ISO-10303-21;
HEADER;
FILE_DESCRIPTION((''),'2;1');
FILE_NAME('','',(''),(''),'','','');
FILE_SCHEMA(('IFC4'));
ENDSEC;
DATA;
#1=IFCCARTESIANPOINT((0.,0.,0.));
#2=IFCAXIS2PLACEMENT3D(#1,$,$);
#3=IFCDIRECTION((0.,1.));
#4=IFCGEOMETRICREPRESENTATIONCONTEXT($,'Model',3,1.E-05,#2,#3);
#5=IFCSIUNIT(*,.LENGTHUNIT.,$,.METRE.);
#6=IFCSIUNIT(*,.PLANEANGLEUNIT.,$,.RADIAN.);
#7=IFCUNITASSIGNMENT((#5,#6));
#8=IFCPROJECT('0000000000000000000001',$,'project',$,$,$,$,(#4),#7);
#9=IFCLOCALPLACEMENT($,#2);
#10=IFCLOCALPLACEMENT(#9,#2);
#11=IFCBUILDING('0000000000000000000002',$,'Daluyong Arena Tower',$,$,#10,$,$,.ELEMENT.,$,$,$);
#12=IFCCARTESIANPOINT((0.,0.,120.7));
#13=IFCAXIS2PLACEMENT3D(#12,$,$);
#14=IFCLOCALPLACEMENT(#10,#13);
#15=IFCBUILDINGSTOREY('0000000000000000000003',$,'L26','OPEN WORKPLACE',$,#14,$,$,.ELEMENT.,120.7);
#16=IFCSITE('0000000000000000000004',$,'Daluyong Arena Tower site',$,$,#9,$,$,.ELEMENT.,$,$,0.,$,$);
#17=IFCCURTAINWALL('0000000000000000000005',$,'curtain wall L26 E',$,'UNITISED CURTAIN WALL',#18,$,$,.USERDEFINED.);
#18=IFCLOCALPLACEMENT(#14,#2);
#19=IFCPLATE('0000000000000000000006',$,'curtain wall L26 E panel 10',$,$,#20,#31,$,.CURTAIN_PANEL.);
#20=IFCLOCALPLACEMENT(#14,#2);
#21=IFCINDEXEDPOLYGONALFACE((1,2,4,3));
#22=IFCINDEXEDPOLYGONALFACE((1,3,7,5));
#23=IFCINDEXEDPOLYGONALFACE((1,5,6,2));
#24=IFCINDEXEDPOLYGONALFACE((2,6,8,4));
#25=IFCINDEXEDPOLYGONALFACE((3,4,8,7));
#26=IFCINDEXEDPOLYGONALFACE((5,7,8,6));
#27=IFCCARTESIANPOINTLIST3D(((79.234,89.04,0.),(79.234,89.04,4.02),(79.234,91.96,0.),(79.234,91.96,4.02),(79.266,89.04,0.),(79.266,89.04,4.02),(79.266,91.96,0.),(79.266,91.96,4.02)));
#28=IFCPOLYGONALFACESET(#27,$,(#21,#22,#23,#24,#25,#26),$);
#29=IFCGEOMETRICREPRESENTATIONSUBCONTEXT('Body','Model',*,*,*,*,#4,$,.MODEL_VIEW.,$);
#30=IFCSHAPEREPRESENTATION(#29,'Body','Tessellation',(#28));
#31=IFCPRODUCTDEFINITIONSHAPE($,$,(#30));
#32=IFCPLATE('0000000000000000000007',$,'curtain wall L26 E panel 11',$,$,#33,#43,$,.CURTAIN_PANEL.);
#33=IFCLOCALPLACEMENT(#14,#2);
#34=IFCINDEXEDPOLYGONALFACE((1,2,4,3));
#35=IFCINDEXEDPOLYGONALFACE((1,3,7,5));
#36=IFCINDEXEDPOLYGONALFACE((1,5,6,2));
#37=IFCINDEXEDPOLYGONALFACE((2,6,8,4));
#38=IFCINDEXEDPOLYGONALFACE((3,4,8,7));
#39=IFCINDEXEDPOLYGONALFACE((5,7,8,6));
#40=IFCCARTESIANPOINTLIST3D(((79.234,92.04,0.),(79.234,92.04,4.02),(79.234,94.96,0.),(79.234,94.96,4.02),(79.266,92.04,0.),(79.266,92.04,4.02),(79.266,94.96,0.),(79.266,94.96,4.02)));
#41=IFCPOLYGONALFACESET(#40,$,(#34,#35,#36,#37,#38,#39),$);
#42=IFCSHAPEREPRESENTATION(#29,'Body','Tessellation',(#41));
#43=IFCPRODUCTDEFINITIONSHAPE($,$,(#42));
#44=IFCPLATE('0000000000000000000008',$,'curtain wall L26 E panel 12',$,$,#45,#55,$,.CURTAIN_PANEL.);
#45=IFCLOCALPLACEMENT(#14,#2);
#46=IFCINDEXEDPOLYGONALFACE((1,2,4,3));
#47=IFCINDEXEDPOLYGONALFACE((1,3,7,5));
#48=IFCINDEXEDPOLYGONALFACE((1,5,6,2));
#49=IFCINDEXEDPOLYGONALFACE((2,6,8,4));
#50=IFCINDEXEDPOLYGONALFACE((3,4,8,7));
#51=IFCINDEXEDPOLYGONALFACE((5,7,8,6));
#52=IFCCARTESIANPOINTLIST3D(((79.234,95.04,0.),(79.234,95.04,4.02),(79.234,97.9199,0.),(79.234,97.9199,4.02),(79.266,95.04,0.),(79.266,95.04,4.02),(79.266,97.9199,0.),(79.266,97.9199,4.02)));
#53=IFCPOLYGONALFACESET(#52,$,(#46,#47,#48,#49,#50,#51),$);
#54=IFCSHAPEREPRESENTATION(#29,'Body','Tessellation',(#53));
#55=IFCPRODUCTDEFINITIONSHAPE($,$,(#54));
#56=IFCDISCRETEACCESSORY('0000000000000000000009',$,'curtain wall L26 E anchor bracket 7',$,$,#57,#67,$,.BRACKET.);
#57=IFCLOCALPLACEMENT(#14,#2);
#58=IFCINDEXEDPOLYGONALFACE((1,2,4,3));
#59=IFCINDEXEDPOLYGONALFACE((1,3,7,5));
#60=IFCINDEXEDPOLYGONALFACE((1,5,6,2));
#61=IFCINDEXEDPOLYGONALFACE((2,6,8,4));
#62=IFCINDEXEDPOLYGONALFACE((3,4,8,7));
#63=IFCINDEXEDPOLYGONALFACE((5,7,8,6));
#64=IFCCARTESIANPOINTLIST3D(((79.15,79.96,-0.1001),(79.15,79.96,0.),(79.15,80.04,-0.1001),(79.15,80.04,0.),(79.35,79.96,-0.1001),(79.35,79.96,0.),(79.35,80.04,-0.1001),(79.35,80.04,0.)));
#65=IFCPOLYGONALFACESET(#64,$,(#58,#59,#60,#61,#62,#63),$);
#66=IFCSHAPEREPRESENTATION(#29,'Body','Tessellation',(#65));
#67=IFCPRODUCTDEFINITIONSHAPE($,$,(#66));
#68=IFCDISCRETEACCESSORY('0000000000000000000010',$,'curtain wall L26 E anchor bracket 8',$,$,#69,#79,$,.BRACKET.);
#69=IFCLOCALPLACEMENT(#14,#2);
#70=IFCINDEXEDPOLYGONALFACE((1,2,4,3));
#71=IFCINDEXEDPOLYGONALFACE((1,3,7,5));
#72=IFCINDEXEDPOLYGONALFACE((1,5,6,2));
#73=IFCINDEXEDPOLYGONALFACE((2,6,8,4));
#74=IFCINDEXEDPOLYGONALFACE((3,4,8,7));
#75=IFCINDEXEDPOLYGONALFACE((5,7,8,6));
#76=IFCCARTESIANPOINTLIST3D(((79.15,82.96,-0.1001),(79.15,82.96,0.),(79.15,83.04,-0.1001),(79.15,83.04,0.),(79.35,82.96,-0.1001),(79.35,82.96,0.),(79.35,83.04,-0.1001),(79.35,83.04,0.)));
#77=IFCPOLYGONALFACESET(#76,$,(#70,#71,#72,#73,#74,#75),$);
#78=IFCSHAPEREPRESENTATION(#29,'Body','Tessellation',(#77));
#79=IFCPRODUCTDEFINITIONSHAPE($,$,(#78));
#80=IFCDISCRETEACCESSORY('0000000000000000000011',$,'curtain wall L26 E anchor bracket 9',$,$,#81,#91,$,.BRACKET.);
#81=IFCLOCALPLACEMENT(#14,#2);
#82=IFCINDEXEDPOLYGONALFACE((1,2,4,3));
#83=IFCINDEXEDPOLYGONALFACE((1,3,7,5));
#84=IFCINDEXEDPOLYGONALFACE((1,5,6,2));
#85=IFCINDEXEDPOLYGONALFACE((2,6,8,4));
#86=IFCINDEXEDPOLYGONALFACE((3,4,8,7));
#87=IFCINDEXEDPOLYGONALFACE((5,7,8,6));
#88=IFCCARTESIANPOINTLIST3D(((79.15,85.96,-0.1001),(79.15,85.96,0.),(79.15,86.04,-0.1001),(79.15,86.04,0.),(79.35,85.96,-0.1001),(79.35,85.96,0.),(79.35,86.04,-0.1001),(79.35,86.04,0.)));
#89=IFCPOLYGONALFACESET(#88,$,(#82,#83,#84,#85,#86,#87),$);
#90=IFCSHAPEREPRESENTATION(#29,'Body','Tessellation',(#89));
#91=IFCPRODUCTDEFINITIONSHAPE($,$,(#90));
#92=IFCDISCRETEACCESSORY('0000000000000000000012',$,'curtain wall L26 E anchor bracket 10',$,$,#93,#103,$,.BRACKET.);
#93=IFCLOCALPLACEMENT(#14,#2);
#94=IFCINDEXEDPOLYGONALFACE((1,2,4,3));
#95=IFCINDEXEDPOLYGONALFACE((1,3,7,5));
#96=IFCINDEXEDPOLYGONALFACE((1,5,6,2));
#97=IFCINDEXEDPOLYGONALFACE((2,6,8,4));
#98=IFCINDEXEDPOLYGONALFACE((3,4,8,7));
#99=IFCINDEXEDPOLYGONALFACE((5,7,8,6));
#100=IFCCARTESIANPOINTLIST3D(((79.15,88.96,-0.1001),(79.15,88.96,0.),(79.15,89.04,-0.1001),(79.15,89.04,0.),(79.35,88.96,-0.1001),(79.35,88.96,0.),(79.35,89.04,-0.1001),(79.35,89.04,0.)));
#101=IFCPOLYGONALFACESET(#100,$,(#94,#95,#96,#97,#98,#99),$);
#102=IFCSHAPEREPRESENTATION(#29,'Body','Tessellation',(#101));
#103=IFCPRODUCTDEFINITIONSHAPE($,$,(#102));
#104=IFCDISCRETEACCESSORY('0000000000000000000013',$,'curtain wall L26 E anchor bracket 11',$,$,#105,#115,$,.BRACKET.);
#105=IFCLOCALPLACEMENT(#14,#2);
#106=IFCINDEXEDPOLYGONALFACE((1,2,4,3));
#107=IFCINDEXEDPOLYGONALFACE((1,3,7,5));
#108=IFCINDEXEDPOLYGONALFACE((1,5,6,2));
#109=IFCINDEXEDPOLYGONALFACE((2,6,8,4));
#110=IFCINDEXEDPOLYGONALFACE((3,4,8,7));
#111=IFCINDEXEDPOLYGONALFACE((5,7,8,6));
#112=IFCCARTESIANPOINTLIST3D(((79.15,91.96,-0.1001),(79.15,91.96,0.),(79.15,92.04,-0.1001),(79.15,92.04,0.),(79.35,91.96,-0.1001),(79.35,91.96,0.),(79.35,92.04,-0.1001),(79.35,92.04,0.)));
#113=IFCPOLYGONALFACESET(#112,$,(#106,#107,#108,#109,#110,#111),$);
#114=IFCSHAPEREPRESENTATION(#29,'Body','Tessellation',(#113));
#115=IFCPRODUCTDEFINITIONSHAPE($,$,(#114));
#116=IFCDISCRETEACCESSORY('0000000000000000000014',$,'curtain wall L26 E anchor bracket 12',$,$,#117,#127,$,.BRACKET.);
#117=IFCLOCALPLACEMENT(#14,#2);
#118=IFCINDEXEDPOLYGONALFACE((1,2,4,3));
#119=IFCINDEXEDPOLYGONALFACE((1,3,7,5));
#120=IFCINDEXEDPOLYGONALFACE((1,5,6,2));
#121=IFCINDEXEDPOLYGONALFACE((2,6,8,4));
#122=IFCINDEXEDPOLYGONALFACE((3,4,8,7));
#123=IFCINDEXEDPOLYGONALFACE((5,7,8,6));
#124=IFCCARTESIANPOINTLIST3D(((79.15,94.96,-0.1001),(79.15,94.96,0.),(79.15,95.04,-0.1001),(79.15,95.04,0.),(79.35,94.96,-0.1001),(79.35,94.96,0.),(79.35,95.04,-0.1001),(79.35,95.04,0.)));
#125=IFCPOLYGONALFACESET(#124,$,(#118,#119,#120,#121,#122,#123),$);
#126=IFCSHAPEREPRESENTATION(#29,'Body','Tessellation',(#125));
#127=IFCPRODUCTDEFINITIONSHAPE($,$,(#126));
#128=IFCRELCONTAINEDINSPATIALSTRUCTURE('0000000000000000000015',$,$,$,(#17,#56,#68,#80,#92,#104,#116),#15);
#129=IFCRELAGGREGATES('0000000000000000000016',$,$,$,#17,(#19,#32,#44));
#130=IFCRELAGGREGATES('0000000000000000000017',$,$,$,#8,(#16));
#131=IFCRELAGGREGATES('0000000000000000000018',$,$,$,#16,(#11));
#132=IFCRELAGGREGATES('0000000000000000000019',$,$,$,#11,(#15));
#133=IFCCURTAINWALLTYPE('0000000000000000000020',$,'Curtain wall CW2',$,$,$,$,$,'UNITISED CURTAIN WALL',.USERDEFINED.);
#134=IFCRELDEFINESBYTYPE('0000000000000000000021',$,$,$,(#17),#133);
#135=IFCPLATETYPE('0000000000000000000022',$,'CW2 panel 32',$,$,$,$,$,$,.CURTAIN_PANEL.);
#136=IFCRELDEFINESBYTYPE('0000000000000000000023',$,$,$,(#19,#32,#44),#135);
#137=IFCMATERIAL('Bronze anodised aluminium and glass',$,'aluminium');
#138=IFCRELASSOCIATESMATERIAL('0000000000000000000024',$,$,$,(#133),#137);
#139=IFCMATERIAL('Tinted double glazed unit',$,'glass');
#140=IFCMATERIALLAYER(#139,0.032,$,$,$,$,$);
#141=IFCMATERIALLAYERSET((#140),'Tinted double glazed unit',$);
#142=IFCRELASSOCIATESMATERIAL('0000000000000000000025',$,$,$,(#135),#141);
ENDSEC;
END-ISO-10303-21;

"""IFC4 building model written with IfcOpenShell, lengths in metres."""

from ifc_helpers import new_model, si_unit, direction, frame, origin, origin_2d, place, context, subcontext, project, spatial, rectangle, extrude, material, layer, layer_set, type_object, element, aggregate, save


model = new_model("IFC4")

# Units and contexts
model_context = context("Model", 3, precision=1e-05, world=origin(), true_north=direction((0.0, 1.0)))
body_context = subcontext(model_context, "Body", "Model", "MODEL_VIEW")
ifc_project = project(units=[si_unit("LENGTHUNIT", "METRE"), si_unit("PLANEANGLEUNIT", "RADIAN")], contexts=[model_context])

# Site, building, storey
site_placement = place(None, origin())
site = spatial("IfcSite", under=ifc_project, at=site_placement, Name="Daluyong Arena Tower site", CompositionType="ELEMENT", RefElevation=0.0)
building_placement = place(site_placement, origin())
building = spatial("IfcBuilding", under=site, at=building_placement, Name="Daluyong Arena Tower", CompositionType="ELEMENT")
storey_placement = place(building_placement, frame((0.0, 0.0, 120.7)))
storey = spatial("IfcBuildingStorey", under=building, at=storey_placement, Name="L26", Description="OPEN WORKPLACE", CompositionType="ELEMENT", Elevation=120.7)

# Curtain wall
ifc_material_1 = material(Name="Bronze anodised aluminium and glass", Category="aluminium")
curtain_wall_type = type_object("IfcCurtainWallType", Name="Curtain wall CW2", ElementType="UNITISED CURTAIN WALL", PredefinedType="USERDEFINED", material=ifc_material_1)
curtain_wall_placement = place(storey_placement, origin())
curtain_wall = element("IfcCurtainWall", 1, at=curtain_wall_placement, inside=storey, type_object=curtain_wall_type, Name="curtain wall L26 E", ObjectType="UNITISED CURTAIN WALL", PredefinedType="USERDEFINED")

# Plates
ifc_material_2 = material(Name="Tinted double glazed unit", Category="glass")
ifc_layer = layer(ifc_material_2, 0.032)
ifc_layer_set = layer_set([ifc_layer], Name="Tinted double glazed unit")
plate_type = type_object("IfcPlateType", Name="CW2 panel 32", PredefinedType="CURTAIN_PANEL", material=ifc_layer_set)
plate_1_placement = place(storey_placement, frame((79.25, 90.5, 0.0), z_axis=(0.0, 0.0, 1.0), x_axis=(0.0, 1.0, 0.0)))
plate_1 = element("IfcPlate", 2, at=plate_1_placement, type_object=plate_type, Name="curtain wall L26 E panel 10", PredefinedType="CURTAIN_PANEL", context=body_context, shape_type="SweptSolid", body=[
    extrude(rectangle(XDim=2.9199, YDim=0.032, at=origin_2d()), origin(), (0.0, 0.0, 1.0), 4.02),
])
plate_2_placement = place(storey_placement, frame((79.25, 93.5, 0.0), z_axis=(0.0, 0.0, 1.0), x_axis=(0.0, 1.0, 0.0)))
plate_2 = element("IfcPlate", 3, at=plate_2_placement, type_object=plate_type, Name="curtain wall L26 E panel 11", PredefinedType="CURTAIN_PANEL", context=body_context, shape_type="SweptSolid", body=[
    extrude(rectangle(XDim=2.9199, YDim=0.032, at=origin_2d()), origin(), (0.0, 0.0, 1.0), 4.02),
])
plate_3_placement = place(storey_placement, frame((79.25, 96.48, 0.0), z_axis=(0.0, 0.0, 1.0), x_axis=(0.0, 1.0, 0.0)))
plate_3 = element("IfcPlate", 4, at=plate_3_placement, type_object=plate_type, Name="curtain wall L26 E panel 12", PredefinedType="CURTAIN_PANEL", context=body_context, shape_type="SweptSolid", body=[
    extrude(rectangle(XDim=2.8799, YDim=0.032, at=origin_2d()), origin(), (0.0, 0.0, 1.0), 4.02),
])
aggregate(curtain_wall, [plate_1, plate_2, plate_3])

# Discrete accessories
for number, where, z_axis, x_axis, name in (
    (5, (79.25, 80.0, -0.1001), (0.0, 0.0, 1.0), (0.0, 1.0, 0.0), "curtain wall L26 E anchor bracket 7"),
    (6, (79.25, 83.0, -0.1001), (0.0, 0.0, 1.0), (0.0, 1.0, 0.0), "curtain wall L26 E anchor bracket 8"),
    (7, (79.25, 86.0, -0.1001), (0.0, 0.0, 1.0), (0.0, 1.0, 0.0), "curtain wall L26 E anchor bracket 9"),
    (8, (79.25, 89.0, -0.1001), (0.0, 0.0, 1.0), (0.0, 1.0, 0.0), "curtain wall L26 E anchor bracket 10"),
    (9, (79.25, 92.0, -0.1001), (0.0, 0.0, 1.0), (0.0, 1.0, 0.0), "curtain wall L26 E anchor bracket 11"),
    (10, (79.25, 95.0, -0.1001), (0.0, 0.0, 1.0), (0.0, 1.0, 0.0), "curtain wall L26 E anchor bracket 12"),
):
    element("IfcDiscreteAccessory", number, at=place(storey_placement, frame(where, z_axis=z_axis, x_axis=x_axis)), inside=storey, Name=name, PredefinedType="BRACKET", context=body_context, shape_type="SweptSolid", body=[
        extrude(rectangle(XDim=0.0801, YDim=0.2, at=origin_2d()), origin(), (0.0, 0.0, 1.0), 0.1001),
    ])

save(model, "model.ifc")
